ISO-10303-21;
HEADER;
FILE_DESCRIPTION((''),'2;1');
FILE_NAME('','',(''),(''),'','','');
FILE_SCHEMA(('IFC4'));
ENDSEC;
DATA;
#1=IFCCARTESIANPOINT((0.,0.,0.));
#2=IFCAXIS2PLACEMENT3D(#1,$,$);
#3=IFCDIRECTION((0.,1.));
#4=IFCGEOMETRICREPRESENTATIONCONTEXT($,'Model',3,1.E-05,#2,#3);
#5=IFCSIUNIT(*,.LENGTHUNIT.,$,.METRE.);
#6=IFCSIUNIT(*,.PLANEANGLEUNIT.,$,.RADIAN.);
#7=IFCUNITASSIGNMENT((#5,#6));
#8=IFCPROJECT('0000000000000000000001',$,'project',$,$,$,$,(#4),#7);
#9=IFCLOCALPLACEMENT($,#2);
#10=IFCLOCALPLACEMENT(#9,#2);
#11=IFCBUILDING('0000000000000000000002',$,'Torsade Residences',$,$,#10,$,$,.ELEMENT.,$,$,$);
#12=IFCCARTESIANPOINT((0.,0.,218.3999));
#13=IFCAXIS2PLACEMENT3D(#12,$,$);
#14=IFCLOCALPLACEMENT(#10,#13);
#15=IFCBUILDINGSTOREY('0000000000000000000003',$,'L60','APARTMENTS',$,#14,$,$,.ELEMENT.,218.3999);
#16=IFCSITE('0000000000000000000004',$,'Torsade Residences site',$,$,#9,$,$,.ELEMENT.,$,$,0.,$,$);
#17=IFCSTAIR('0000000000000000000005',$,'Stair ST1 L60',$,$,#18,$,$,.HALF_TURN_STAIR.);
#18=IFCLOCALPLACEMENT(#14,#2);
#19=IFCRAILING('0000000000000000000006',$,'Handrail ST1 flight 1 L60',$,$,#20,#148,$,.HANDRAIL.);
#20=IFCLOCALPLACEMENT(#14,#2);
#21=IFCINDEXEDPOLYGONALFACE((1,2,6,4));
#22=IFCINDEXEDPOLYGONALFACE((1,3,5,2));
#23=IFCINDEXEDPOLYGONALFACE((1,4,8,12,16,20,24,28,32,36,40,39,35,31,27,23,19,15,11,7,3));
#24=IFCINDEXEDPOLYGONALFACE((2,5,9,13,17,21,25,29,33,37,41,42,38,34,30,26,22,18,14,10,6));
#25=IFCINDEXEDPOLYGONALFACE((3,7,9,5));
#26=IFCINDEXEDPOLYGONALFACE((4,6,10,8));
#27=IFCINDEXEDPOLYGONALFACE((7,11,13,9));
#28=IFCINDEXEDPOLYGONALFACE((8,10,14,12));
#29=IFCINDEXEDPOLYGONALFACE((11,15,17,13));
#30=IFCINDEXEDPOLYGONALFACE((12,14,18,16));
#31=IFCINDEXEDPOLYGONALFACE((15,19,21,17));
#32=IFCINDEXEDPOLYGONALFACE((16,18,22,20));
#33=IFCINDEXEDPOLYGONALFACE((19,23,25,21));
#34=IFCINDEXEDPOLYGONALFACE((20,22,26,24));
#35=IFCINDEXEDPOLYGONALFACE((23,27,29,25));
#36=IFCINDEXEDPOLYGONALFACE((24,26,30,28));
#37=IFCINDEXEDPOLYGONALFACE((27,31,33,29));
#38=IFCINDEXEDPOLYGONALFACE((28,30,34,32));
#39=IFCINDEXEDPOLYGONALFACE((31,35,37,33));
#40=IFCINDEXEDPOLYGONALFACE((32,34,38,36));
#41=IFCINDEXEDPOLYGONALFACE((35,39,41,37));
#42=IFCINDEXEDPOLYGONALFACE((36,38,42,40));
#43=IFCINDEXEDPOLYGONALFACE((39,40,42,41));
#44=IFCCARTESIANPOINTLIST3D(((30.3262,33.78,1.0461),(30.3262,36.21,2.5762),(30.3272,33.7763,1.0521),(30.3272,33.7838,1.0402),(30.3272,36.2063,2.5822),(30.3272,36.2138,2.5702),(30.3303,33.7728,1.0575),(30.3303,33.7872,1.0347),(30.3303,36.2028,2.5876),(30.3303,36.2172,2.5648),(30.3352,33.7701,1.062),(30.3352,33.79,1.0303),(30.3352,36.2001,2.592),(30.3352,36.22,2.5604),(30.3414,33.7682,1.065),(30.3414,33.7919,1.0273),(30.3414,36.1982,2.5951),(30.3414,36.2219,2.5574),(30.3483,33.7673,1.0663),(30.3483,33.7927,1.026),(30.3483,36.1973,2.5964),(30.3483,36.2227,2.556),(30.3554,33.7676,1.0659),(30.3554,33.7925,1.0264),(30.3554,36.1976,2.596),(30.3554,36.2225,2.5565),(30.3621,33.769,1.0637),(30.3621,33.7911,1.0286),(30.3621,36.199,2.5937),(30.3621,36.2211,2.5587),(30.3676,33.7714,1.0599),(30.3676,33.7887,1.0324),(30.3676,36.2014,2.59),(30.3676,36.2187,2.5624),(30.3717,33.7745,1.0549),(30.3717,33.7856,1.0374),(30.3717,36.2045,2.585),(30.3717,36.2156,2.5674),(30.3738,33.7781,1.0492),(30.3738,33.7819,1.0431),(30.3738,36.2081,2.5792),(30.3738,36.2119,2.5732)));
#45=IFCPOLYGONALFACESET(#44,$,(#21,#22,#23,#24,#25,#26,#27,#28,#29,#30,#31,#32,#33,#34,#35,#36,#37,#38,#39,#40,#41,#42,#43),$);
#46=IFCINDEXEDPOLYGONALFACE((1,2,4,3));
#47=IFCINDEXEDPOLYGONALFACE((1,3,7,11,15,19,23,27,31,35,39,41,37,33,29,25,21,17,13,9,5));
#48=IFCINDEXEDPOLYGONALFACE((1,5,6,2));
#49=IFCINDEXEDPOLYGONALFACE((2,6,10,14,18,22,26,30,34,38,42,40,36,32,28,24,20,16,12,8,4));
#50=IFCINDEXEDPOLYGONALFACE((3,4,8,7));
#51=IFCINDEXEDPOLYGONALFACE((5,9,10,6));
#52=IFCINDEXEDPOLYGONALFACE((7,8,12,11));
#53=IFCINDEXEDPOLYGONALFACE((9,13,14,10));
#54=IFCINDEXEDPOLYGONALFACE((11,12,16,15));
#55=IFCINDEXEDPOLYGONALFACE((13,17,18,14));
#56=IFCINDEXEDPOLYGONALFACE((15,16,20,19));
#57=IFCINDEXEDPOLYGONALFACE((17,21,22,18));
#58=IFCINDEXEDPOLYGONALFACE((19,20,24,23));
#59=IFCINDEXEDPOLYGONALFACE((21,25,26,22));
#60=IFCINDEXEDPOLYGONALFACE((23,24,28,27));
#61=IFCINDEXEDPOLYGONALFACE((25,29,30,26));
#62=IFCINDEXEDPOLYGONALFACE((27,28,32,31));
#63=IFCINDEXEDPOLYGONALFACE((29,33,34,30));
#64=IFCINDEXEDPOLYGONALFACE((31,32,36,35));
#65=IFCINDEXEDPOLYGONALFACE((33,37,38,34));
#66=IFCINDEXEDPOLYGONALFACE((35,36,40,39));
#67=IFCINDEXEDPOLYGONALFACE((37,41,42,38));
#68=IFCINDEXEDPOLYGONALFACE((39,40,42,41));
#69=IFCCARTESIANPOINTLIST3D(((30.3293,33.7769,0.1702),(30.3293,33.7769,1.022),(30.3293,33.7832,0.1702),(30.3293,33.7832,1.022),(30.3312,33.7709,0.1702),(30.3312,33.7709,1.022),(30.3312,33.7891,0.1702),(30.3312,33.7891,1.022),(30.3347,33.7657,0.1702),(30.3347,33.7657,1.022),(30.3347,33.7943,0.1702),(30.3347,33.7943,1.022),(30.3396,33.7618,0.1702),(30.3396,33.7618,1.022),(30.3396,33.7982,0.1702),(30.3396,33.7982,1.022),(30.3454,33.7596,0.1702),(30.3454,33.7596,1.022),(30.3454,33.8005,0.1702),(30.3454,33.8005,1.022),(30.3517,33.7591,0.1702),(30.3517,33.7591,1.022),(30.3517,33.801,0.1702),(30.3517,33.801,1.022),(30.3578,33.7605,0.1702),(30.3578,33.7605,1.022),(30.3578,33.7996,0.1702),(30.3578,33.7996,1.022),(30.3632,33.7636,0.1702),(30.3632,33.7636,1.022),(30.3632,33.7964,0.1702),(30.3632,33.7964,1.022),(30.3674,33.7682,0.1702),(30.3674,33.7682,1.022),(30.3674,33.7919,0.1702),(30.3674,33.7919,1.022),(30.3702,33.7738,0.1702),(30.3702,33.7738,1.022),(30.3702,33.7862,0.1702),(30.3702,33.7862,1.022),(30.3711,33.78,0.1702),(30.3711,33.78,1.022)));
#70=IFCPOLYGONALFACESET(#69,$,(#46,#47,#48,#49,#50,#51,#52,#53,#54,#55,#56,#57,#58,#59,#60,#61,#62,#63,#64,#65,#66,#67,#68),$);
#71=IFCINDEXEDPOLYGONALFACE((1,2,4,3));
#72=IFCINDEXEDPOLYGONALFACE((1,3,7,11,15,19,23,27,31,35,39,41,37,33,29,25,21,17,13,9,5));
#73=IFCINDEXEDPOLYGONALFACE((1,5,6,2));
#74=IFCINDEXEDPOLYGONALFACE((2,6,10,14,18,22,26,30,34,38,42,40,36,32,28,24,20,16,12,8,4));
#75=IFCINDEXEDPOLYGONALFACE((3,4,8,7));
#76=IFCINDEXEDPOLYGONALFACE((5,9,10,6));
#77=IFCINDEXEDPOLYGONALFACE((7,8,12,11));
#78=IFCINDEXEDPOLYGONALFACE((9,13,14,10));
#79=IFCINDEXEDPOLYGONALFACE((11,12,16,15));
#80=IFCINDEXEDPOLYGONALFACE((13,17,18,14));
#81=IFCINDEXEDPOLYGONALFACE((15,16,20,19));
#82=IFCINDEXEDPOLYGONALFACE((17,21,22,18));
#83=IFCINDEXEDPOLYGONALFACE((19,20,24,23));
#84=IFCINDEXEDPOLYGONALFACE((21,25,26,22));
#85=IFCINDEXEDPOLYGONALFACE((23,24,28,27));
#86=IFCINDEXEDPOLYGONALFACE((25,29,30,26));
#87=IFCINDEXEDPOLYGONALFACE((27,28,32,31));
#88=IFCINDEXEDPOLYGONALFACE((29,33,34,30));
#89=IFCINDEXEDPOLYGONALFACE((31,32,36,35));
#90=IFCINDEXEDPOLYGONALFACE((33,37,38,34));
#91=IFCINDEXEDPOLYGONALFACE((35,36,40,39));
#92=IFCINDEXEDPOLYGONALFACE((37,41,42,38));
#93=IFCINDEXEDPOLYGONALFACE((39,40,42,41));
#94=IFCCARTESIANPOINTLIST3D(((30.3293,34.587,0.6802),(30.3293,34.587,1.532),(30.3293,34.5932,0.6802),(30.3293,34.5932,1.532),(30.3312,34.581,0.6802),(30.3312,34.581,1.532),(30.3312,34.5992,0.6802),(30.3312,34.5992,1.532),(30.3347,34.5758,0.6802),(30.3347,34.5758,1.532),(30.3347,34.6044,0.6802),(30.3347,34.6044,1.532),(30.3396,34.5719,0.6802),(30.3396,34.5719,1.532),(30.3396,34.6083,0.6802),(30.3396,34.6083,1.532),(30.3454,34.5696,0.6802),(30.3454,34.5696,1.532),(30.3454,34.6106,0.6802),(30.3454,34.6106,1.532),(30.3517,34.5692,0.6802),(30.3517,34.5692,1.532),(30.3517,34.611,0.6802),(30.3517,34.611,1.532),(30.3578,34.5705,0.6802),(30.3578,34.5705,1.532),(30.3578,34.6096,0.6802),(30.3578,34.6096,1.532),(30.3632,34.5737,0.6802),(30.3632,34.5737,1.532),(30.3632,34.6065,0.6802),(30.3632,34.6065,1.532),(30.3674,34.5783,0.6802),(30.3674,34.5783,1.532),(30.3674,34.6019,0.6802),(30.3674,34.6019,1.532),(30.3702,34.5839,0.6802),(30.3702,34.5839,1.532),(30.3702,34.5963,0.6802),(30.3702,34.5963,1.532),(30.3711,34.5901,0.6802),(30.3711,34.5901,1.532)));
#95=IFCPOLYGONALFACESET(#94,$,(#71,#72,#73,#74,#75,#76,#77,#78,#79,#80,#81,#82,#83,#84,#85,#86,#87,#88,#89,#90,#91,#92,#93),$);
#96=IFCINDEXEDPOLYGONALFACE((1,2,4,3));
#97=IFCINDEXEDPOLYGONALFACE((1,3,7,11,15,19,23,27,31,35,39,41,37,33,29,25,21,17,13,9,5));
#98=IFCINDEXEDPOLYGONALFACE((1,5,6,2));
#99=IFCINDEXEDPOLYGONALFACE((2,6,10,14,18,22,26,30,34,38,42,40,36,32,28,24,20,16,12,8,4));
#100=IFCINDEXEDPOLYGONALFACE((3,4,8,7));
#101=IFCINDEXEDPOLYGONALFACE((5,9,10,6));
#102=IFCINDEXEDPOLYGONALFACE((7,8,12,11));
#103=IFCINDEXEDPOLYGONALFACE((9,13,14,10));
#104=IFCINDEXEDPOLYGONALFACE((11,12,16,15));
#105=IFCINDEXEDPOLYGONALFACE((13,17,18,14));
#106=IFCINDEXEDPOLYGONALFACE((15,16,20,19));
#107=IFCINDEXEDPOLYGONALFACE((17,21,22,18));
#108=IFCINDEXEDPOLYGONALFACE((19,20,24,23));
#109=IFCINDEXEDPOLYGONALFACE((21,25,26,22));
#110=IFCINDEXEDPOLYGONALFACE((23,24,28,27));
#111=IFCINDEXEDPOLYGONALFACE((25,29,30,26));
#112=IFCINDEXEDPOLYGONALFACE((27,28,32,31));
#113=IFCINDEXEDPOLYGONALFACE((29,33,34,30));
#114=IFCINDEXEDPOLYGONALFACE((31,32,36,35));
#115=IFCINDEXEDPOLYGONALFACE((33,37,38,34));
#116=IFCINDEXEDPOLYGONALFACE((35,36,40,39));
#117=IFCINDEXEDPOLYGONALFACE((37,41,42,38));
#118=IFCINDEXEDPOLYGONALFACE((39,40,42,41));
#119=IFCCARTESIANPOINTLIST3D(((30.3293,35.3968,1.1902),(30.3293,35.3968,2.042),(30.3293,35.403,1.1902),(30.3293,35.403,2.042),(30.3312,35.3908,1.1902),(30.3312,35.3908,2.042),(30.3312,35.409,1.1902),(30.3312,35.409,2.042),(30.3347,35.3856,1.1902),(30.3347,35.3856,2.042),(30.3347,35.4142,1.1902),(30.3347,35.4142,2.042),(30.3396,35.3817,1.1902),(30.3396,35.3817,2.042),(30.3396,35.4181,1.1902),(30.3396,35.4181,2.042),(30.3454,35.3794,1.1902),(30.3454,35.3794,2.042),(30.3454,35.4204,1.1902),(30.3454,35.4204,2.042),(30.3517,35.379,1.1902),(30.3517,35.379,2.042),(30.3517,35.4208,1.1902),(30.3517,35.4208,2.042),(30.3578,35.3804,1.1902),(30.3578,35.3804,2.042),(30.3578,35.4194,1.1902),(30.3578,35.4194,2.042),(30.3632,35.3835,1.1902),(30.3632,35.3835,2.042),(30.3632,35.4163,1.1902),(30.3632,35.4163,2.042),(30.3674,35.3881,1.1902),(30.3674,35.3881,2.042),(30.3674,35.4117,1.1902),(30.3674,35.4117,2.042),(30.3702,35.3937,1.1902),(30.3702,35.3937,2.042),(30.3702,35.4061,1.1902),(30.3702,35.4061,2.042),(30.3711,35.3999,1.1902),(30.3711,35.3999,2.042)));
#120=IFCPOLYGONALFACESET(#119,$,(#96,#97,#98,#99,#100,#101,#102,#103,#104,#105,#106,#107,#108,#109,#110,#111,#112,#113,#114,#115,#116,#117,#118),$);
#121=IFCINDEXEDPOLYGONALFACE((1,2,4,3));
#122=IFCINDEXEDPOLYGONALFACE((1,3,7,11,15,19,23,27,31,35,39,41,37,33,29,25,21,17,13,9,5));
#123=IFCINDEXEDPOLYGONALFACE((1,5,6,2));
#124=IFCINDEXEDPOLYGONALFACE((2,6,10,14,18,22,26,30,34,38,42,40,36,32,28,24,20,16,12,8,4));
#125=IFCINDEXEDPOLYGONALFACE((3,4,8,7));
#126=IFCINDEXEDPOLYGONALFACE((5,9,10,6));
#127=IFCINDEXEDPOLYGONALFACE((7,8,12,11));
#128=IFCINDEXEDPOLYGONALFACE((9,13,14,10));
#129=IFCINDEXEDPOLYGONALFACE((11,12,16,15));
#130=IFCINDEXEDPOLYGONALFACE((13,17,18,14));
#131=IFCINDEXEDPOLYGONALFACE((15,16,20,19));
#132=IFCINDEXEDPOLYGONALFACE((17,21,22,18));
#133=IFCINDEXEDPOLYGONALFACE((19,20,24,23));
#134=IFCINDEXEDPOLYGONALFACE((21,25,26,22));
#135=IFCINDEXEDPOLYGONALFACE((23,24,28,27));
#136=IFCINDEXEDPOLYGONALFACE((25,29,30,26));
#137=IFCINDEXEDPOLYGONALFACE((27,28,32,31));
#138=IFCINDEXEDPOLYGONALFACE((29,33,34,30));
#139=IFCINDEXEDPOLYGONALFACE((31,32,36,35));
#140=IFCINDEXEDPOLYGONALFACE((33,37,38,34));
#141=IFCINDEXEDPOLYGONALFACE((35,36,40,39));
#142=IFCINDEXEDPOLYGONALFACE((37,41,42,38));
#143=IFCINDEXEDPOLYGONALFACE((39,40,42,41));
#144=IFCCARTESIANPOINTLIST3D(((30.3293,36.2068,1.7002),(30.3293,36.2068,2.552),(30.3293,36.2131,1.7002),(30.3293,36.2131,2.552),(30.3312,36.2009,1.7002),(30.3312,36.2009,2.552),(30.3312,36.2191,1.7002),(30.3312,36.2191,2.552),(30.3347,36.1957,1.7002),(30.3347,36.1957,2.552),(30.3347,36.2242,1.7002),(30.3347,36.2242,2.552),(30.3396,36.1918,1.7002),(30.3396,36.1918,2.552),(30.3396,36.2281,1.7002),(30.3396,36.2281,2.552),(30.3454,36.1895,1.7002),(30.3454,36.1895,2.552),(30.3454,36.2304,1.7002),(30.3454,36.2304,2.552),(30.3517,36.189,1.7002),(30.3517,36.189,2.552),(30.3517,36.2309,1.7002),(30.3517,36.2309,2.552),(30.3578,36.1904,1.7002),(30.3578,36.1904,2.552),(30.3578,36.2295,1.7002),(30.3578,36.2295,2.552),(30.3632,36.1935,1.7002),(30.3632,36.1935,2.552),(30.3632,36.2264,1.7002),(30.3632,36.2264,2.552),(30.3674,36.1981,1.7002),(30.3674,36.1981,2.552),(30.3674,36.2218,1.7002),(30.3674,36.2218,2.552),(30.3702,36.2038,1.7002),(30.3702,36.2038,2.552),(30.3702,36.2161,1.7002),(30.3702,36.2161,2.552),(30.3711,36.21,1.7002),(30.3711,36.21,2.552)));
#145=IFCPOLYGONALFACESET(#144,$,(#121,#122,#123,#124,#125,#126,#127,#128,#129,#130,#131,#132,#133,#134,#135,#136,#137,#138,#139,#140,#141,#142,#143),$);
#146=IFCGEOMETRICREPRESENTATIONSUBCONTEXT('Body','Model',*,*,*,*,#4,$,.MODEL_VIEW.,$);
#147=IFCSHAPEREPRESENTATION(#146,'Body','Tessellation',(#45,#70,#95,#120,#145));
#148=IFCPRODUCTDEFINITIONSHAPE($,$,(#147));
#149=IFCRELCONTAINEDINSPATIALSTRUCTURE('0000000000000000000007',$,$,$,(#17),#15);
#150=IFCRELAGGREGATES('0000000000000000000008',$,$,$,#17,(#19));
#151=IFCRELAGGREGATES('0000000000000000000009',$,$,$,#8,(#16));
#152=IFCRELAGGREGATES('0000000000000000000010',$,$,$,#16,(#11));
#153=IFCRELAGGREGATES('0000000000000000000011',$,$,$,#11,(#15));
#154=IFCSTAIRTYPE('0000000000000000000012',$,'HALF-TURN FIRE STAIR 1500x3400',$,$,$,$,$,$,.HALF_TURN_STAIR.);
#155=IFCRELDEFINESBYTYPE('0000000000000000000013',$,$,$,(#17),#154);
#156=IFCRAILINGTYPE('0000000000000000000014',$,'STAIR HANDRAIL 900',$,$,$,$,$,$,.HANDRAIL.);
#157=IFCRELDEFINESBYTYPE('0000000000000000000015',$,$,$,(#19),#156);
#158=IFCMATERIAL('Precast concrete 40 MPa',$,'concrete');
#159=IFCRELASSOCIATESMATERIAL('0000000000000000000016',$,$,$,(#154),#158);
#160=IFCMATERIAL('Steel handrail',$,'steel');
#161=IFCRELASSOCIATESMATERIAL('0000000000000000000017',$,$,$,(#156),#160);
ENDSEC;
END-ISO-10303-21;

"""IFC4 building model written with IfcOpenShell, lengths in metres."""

from ifc_helpers import new_model, si_unit, direction, frame, origin, origin_2d, place, context, subcontext, project, spatial, circle, extrude, material, type_object, element, aggregate, save


model = new_model("IFC4")

# Units and contexts
model_context = context("Model", 3, precision=1e-05, world=origin(), true_north=direction((0.0, 1.0)))
body_context = subcontext(model_context, "Body", "Model", "MODEL_VIEW")
ifc_project = project(units=[si_unit("LENGTHUNIT", "METRE"), si_unit("PLANEANGLEUNIT", "RADIAN")], contexts=[model_context])

# Site, building, storey
site_placement = place(None, origin())
site = spatial("IfcSite", under=ifc_project, at=site_placement, Name="Torsade Residences site", CompositionType="ELEMENT", RefElevation=0.0)
building_placement = place(site_placement, origin())
building = spatial("IfcBuilding", under=site, at=building_placement, Name="Torsade Residences", CompositionType="ELEMENT")
storey_placement = place(building_placement, frame((0.0, 0.0, 218.3999)))
storey = spatial("IfcBuildingStorey", under=building, at=storey_placement, Name="L60", Description="APARTMENTS", CompositionType="ELEMENT", Elevation=218.3999)

# Stair, railing
ifc_material_1 = material(Name="Precast concrete 40 MPa", Category="concrete")
stair_type = type_object("IfcStairType", Name="HALF-TURN FIRE STAIR 1500x3400", PredefinedType="HALF_TURN_STAIR", material=ifc_material_1)
stair_placement = place(storey_placement, origin())
stair = element("IfcStair", 1, at=stair_placement, inside=storey, type_object=stair_type, Name="Stair ST1 L60", PredefinedType="HALF_TURN_STAIR")
ifc_material_2 = material(Name="Steel handrail", Category="steel")
railing_type = type_object("IfcRailingType", Name="STAIR HANDRAIL 900", PredefinedType="HANDRAIL", material=ifc_material_2)
railing_1_placement = place(storey_placement, frame((30.3501, 33.78, 0.1702)))
railing_1 = element("IfcRailing", 2, at=railing_1_placement, type_object=railing_type, Name="Handrail ST1 flight 1 L60", PredefinedType="HANDRAIL", context=body_context, shape_type="SweptSolid", body=[
    extrude(circle(Radius=0.0239, at=origin_2d()), frame((0.0, 0.0, 0.876), z_axis=(0.0, 0.846221, 0.532831), x_axis=(-1.0, 0.0, 0.0)), (0.0, 0.0, 1.0), 2.8716),
    extrude(circle(Radius=0.021, at=origin_2d()), origin(), (0.0, 0.0, 1.0), 0.8518),
    extrude(circle(Radius=0.021, at=origin_2d()), frame((0.0, 0.8101, 0.51)), (0.0, 0.0, 1.0), 0.8518),
    extrude(circle(Radius=0.021, at=origin_2d()), frame((0.0, 1.6199, 1.02)), (0.0, 0.0, 1.0), 0.8518),
    extrude(circle(Radius=0.021, at=origin_2d()), frame((0.0, 2.4299, 1.53)), (0.0, 0.0, 1.0), 0.8518),
])
aggregate(stair, [railing_1])

save(model, "model.ifc")
